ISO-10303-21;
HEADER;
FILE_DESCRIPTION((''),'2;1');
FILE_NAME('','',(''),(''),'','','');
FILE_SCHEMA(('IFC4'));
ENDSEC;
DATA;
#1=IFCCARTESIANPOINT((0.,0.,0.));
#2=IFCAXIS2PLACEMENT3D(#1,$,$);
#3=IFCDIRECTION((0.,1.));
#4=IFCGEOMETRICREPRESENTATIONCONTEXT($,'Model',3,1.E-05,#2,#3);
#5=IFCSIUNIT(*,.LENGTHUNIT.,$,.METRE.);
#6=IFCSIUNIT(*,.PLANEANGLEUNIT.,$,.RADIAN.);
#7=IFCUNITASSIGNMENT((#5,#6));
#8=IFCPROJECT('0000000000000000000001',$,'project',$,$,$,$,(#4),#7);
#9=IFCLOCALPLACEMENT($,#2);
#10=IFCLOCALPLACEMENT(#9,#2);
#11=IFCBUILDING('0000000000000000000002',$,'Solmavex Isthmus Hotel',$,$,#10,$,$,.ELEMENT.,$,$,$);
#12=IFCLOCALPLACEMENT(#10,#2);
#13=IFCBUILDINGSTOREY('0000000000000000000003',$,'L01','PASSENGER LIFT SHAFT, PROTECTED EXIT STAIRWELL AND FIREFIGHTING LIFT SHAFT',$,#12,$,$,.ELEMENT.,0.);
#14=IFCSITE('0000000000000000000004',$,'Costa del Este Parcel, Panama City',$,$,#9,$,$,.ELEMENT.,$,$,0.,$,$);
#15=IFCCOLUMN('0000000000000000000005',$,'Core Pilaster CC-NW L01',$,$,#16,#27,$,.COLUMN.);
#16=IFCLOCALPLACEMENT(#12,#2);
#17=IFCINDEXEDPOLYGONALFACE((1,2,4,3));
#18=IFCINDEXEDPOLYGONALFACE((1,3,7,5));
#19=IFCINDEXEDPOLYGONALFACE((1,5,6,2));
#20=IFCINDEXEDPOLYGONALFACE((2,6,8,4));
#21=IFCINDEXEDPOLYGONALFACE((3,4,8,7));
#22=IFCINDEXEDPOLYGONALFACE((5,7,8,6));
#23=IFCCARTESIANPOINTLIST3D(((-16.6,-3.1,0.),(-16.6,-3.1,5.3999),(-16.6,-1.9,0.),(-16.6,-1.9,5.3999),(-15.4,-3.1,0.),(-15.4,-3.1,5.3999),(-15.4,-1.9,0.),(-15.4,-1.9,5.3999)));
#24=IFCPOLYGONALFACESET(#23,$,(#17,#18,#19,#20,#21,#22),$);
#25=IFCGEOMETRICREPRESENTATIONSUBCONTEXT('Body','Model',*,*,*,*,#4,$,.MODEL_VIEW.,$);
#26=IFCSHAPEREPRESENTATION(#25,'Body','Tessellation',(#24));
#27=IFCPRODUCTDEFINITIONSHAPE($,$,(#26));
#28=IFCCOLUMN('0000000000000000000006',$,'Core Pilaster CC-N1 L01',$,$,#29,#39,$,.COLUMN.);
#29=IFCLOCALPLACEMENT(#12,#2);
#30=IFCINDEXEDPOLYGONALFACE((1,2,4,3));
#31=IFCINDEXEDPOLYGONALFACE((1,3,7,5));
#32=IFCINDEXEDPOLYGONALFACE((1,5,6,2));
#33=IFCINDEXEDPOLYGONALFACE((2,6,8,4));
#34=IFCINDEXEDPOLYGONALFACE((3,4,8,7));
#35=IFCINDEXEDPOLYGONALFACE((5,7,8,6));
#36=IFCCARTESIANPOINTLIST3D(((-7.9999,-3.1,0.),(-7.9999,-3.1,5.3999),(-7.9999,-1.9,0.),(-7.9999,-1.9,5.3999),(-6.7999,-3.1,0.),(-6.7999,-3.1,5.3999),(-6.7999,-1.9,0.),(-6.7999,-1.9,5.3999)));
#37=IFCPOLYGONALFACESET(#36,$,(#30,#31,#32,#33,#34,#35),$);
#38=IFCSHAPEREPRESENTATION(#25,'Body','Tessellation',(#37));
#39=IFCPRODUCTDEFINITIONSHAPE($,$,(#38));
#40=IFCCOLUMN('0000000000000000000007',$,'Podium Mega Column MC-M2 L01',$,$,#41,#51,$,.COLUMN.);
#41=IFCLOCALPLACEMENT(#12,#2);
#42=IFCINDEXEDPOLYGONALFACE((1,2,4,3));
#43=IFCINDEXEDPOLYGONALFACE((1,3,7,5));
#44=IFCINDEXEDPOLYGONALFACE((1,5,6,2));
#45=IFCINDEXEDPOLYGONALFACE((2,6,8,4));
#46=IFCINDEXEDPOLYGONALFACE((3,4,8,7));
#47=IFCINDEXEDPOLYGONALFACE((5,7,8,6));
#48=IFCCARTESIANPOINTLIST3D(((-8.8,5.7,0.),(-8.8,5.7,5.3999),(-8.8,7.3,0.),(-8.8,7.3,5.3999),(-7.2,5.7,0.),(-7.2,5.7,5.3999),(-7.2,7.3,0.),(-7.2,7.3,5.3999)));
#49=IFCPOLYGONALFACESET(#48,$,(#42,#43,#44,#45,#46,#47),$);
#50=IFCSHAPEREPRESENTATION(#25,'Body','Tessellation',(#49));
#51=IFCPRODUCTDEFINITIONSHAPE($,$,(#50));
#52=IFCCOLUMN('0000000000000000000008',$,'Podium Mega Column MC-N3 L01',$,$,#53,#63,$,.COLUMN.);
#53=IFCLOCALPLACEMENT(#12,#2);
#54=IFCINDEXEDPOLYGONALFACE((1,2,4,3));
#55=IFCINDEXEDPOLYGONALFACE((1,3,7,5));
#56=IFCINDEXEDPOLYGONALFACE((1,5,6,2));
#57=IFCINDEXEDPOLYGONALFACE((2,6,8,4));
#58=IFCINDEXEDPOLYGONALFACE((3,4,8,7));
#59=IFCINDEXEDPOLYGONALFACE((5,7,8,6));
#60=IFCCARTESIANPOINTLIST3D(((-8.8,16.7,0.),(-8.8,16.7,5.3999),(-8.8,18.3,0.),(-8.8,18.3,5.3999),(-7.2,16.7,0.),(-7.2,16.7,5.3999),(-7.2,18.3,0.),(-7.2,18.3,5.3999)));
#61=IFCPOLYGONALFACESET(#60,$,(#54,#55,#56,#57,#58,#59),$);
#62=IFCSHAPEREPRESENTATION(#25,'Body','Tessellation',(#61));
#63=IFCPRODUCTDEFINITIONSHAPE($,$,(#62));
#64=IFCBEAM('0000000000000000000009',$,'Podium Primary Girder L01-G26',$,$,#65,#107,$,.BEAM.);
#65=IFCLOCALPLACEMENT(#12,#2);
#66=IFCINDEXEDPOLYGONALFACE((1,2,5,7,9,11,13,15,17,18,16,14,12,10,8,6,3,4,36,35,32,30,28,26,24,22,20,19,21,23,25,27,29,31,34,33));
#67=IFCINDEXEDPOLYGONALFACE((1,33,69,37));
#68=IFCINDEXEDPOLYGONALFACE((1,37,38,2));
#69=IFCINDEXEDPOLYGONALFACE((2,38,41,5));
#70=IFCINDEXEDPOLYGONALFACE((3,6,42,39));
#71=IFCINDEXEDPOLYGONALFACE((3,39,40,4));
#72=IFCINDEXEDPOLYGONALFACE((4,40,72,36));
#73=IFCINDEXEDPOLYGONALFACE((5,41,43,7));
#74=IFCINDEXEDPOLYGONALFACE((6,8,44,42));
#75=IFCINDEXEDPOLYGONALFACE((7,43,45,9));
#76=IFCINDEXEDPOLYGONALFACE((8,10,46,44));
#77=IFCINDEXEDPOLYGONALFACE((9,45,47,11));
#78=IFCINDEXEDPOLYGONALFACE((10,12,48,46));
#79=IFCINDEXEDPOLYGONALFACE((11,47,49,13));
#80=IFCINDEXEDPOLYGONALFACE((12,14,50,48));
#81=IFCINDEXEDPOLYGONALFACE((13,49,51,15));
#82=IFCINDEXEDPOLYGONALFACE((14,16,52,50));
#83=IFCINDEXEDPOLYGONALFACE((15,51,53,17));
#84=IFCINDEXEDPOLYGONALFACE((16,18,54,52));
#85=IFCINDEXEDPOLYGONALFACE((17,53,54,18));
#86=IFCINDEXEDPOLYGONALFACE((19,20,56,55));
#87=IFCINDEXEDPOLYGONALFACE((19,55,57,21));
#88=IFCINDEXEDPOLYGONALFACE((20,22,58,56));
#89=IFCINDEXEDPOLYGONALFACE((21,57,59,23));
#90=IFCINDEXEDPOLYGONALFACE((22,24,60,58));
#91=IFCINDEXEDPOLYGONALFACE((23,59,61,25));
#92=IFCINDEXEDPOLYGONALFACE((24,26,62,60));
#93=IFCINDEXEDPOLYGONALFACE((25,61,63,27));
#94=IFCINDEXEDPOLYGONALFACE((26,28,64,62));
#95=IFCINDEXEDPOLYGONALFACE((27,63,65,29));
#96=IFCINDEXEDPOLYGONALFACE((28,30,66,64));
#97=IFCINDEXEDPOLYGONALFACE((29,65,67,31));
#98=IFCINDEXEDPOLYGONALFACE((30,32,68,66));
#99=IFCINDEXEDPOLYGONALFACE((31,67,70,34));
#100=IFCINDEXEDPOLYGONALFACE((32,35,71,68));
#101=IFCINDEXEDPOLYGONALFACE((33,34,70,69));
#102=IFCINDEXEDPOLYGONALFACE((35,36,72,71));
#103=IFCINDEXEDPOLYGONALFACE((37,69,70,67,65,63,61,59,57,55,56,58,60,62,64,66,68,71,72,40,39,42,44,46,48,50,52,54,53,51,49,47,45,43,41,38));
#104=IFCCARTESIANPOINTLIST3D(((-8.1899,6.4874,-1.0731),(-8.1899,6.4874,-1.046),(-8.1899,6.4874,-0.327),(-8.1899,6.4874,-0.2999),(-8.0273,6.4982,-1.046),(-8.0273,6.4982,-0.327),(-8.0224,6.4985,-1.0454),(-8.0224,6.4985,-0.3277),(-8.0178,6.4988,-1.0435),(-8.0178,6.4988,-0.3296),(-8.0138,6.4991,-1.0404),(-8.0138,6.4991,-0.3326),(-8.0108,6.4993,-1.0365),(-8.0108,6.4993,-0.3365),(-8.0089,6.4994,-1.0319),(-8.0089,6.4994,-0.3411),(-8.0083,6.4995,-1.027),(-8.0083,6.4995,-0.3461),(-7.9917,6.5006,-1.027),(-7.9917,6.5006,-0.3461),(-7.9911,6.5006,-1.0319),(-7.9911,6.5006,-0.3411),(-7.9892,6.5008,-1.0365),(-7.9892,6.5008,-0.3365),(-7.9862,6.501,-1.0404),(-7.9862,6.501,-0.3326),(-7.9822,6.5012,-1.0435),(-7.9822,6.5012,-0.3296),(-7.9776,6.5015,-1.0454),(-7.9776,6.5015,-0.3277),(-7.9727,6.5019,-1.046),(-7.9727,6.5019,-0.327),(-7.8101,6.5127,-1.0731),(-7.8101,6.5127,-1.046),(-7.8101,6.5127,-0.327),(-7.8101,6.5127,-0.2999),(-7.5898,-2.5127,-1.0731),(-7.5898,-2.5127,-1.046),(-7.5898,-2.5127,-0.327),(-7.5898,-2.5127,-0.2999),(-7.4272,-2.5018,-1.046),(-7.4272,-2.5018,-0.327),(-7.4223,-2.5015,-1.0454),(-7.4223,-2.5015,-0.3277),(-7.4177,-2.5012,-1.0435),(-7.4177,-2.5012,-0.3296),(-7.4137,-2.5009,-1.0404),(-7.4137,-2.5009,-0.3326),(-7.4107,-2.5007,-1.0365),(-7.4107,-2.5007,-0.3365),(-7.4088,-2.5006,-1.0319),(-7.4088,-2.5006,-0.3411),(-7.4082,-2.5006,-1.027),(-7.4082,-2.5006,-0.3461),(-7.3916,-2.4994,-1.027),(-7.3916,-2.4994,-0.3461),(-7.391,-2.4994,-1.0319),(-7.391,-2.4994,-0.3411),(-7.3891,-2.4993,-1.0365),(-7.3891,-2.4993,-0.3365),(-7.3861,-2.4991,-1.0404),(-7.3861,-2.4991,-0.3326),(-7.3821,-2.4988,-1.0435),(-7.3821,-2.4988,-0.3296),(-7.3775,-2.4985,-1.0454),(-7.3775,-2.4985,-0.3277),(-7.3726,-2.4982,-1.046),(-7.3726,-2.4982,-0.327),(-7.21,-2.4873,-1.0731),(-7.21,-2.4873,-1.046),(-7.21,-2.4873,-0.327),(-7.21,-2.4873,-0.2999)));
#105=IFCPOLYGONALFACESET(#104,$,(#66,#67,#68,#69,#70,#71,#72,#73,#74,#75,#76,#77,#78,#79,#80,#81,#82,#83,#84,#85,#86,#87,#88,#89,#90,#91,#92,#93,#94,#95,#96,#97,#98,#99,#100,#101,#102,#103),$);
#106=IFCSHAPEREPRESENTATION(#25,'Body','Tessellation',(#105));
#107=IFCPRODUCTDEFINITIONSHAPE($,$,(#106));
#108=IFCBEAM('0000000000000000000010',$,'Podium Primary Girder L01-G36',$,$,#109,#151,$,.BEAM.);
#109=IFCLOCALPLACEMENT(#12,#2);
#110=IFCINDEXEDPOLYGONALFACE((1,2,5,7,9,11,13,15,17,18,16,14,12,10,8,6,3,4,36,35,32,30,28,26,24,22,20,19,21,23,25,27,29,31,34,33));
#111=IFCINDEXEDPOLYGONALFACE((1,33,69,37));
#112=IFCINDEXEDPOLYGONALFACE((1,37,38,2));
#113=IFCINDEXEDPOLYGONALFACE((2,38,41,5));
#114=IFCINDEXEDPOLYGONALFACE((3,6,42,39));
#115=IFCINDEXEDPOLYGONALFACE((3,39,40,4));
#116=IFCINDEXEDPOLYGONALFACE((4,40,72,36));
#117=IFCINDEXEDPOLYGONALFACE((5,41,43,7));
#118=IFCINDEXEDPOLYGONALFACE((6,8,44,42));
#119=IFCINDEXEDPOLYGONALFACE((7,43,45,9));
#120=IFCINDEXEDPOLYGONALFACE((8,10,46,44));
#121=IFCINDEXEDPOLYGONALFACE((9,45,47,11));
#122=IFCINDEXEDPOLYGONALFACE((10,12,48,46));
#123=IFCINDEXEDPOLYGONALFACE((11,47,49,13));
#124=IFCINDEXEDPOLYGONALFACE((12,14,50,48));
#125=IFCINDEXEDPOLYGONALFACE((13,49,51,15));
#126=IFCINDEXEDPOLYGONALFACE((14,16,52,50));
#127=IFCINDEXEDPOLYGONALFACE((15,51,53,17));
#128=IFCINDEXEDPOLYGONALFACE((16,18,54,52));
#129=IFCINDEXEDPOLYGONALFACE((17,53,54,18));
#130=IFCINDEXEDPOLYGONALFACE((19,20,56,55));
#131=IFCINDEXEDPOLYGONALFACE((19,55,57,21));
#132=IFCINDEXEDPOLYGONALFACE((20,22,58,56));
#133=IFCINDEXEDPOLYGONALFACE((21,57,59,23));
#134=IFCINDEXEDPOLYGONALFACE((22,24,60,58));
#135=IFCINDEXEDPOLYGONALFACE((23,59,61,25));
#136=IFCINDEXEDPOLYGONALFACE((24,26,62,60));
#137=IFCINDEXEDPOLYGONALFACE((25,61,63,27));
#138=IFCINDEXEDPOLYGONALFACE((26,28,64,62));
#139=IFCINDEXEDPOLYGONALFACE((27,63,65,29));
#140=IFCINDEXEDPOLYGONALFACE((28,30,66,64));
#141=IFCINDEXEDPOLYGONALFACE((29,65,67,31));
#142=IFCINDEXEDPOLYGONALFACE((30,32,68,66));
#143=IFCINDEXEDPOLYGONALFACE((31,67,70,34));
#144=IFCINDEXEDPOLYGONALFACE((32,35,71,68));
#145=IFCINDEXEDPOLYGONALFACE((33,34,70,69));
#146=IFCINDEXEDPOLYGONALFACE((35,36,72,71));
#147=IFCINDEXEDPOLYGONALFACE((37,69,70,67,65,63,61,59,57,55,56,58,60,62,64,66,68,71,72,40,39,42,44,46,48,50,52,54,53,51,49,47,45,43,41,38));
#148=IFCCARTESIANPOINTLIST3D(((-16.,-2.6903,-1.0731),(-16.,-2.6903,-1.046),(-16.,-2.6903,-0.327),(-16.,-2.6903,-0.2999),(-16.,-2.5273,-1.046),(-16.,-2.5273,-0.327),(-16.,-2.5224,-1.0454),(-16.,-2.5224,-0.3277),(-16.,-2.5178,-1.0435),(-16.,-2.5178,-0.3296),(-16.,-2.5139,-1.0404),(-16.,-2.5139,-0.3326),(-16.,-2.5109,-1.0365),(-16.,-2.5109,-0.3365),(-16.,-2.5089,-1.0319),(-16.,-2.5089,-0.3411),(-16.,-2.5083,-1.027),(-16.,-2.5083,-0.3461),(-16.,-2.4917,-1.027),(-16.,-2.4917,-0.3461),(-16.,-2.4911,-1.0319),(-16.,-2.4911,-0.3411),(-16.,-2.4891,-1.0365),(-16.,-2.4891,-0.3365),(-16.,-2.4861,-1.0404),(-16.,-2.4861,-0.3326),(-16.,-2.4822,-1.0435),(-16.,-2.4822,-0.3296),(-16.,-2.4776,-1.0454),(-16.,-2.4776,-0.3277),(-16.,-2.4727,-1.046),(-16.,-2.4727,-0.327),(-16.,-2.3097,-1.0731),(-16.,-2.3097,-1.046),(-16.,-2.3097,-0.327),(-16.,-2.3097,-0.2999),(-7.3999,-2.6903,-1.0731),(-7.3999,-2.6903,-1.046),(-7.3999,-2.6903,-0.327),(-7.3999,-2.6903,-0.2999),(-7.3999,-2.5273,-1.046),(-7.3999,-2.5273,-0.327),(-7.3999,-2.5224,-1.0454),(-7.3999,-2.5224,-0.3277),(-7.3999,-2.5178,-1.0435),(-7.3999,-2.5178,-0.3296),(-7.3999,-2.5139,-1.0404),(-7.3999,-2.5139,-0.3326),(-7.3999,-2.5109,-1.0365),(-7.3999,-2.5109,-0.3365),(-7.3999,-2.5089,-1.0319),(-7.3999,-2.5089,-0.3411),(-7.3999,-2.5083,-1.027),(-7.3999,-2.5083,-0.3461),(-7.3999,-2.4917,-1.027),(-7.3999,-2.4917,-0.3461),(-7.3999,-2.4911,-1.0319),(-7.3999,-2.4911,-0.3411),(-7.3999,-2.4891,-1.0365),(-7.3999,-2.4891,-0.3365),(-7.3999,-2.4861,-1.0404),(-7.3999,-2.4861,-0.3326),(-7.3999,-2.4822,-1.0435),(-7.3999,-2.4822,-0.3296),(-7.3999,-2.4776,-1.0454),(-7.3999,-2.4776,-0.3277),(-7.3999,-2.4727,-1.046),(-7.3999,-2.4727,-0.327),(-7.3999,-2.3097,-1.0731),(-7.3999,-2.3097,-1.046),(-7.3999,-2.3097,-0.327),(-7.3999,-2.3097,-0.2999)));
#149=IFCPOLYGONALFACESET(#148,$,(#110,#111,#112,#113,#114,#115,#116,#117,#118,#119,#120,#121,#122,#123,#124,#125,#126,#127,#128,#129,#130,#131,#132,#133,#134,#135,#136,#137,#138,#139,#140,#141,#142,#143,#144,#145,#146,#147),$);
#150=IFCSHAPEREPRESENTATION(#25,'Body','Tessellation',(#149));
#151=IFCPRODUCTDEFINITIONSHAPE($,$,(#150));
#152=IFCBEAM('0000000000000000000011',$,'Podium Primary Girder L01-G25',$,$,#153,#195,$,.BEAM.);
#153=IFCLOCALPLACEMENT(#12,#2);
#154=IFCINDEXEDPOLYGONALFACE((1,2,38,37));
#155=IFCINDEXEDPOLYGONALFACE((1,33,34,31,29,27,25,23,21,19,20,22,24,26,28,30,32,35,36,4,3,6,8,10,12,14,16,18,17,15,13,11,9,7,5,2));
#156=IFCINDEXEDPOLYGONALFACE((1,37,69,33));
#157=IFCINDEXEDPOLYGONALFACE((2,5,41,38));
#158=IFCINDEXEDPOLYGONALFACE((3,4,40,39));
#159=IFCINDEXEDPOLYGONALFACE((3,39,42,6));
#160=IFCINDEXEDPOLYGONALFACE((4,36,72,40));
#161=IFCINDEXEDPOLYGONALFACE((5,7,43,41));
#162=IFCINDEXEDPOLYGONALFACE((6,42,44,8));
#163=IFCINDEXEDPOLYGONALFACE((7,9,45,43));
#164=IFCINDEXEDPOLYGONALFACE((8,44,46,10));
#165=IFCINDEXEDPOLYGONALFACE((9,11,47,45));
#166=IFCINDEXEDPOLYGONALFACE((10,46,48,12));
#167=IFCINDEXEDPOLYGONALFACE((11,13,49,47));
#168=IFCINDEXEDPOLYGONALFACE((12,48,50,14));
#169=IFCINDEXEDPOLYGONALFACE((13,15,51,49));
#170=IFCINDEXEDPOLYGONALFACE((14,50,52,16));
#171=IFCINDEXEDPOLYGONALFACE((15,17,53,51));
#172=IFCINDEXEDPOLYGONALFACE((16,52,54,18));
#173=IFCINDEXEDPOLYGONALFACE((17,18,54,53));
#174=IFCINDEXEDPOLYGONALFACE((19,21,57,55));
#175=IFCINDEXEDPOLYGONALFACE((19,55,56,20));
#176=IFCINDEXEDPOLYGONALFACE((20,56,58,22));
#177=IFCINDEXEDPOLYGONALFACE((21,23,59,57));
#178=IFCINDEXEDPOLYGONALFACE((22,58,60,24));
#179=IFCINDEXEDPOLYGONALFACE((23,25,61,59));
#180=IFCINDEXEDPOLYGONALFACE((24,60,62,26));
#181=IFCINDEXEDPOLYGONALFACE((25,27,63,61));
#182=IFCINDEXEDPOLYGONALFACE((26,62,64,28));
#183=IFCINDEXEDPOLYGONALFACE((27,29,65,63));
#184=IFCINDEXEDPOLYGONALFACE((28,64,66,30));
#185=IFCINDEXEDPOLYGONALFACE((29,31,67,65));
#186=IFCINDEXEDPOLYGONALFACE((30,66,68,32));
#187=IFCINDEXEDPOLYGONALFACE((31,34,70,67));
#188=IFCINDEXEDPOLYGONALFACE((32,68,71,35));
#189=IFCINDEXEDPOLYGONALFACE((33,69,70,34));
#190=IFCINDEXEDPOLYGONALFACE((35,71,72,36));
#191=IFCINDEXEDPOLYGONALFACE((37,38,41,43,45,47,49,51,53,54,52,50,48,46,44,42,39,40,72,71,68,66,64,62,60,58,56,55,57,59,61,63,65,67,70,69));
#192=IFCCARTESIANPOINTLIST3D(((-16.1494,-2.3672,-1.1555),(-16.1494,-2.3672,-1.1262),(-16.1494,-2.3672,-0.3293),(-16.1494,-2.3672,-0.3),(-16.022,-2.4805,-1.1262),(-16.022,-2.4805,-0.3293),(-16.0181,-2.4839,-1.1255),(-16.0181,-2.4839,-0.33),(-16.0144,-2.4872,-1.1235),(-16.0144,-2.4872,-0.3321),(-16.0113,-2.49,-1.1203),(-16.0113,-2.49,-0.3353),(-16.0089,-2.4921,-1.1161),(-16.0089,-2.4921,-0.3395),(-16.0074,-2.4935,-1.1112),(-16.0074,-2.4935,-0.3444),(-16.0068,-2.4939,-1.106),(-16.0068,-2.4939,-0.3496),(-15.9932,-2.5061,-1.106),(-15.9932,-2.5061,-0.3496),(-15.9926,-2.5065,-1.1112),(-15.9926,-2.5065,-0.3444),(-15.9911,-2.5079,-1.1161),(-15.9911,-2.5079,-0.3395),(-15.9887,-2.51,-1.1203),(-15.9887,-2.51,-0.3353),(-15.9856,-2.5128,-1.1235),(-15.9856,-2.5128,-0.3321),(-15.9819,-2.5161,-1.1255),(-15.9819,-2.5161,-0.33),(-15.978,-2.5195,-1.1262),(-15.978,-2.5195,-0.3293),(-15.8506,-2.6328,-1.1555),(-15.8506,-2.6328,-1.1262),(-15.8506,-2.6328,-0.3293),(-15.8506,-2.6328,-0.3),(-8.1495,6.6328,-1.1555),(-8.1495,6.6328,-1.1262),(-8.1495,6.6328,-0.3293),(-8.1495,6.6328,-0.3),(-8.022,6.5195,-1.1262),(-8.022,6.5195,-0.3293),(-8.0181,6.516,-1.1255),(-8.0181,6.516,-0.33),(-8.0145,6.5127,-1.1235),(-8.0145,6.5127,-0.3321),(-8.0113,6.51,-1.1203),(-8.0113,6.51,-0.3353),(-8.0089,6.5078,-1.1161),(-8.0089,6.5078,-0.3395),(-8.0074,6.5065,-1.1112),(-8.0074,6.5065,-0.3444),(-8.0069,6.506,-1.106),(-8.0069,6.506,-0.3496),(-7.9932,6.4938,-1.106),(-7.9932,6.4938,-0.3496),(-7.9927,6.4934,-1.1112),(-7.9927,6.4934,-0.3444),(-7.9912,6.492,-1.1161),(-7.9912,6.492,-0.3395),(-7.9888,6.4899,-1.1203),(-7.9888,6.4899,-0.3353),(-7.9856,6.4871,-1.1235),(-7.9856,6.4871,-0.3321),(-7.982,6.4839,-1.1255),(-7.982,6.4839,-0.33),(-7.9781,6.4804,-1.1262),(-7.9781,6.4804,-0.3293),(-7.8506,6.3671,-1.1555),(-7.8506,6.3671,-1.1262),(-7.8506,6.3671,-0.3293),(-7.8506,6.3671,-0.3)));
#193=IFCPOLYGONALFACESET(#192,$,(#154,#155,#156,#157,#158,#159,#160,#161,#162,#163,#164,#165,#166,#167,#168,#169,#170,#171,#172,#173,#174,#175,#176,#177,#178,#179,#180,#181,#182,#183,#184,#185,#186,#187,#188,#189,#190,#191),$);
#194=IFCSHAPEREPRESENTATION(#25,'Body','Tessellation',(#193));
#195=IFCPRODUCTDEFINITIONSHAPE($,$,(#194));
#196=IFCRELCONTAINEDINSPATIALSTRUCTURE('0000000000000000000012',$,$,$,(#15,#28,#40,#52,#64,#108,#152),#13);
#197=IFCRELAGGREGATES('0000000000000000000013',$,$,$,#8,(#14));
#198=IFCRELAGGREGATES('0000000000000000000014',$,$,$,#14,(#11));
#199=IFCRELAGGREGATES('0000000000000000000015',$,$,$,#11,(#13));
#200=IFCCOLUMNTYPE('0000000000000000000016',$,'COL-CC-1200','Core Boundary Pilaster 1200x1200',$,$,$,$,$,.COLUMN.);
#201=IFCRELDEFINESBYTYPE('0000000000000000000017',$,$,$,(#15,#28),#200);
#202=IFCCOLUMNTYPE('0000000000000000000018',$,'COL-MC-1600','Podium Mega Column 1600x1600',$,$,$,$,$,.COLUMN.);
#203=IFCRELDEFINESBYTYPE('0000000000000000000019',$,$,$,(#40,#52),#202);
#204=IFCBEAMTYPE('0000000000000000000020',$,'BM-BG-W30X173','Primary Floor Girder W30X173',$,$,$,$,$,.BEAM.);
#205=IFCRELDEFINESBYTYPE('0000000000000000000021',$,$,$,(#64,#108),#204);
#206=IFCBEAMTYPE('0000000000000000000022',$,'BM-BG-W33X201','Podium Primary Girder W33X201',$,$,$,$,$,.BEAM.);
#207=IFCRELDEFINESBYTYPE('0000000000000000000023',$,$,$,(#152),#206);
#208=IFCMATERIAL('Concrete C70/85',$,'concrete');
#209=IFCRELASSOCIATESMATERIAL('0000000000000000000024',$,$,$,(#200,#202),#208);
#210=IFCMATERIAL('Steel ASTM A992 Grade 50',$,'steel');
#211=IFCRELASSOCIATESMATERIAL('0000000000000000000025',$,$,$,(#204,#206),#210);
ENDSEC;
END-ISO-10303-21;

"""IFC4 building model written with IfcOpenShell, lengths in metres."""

from ifc_helpers import new_model, si_unit, direction, frame, origin, origin_2d, place, context, subcontext, project, spatial, rectangle, i_section, extrude, material, material_profile, profile_set, type_object, element, save


model = new_model("IFC4")

# Units and contexts
model_context = context("Model", 3, precision=1e-05, world=origin(), true_north=direction((0.0, 1.0)))
body_context = subcontext(model_context, "Body", "Model", "MODEL_VIEW")
ifc_project = project(units=[si_unit("LENGTHUNIT", "METRE"), si_unit("PLANEANGLEUNIT", "RADIAN")], contexts=[model_context])

# Site, building, storey
site_placement = place(None, origin())
site = spatial("IfcSite", under=ifc_project, at=site_placement, Name="Costa del Este Parcel, Panama City", CompositionType="ELEMENT", RefElevation=0.0)
building_placement = place(site_placement, origin())
building = spatial("IfcBuilding", under=site, at=building_placement, Name="Solmavex Isthmus Hotel", CompositionType="ELEMENT")
storey_placement = place(building_placement, origin())
storey = spatial("IfcBuildingStorey", under=building, at=storey_placement, Name="L01", Description="PASSENGER LIFT SHAFT, PROTECTED EXIT STAIRWELL AND FIREFIGHTING LIFT SHAFT", CompositionType="ELEMENT", Elevation=0.0)

# Columns
ifc_material_1 = material(Name="Concrete C70/85", Category="concrete")
ifc_material_profile_1 = material_profile(ifc_material_1, rectangle(XDim=1.2, YDim=1.2, at=origin_2d()), Name="RC1200X1200")
ifc_profile_set_1 = profile_set([ifc_material_profile_1], Name="Concrete C70/85")
column_type_1 = type_object("IfcColumnType", Name="COL-CC-1200", Description="Core Boundary Pilaster 1200x1200", PredefinedType="COLUMN", material=ifc_profile_set_1)
for number, where, z_axis, x_axis, name in (
    (1, (-16.0, -2.5, 0.0), (0.0, 0.0, 1.0), (1.0, 0.0, 0.0), "Core Pilaster CC-NW L01"),
    (2, (-7.3999, -2.5, 0.0), (0.0, 0.0, 1.0), (1.0, 0.0, 0.0), "Core Pilaster CC-N1 L01"),
):
    element("IfcColumn", number, at=place(storey_placement, frame(where, z_axis=z_axis, x_axis=x_axis)), inside=storey, type_object=column_type_1, Name=name, PredefinedType="COLUMN", context=body_context, shape_type="SweptSolid", body=[
        extrude(rectangle(XDim=1.2, YDim=1.2, at=origin_2d()), origin(), (0.0, 0.0, 1.0), 5.3999),
    ])
ifc_material_profile_2 = material_profile(ifc_material_1, rectangle(XDim=1.6001, YDim=1.6001, at=origin_2d()), Name="RC1600X1600")
ifc_profile_set_2 = profile_set([ifc_material_profile_2], Name="Concrete C70/85")
column_type_2 = type_object("IfcColumnType", Name="COL-MC-1600", Description="Podium Mega Column 1600x1600", PredefinedType="COLUMN", material=ifc_profile_set_2)
for number, where, z_axis, x_axis, name in (
    (3, (-8.0, 6.5, 0.0), (0.0, 0.0, 1.0), (1.0, 0.0, 0.0), "Podium Mega Column MC-M2 L01"),
    (4, (-8.0, 17.5, 0.0), (0.0, 0.0, 1.0), (1.0, 0.0, 0.0), "Podium Mega Column MC-N3 L01"),
):
    element("IfcColumn", number, at=place(storey_placement, frame(where, z_axis=z_axis, x_axis=x_axis)), inside=storey, type_object=column_type_2, Name=name, PredefinedType="COLUMN", context=body_context, shape_type="SweptSolid", body=[
        extrude(rectangle(XDim=1.6001, YDim=1.6001, at=origin_2d()), origin(), (0.0, 0.0, 1.0), 5.3999),
    ])

# Beams
ifc_material_2 = material(Name="Steel ASTM A992 Grade 50", Category="steel")
ifc_material_profile_3 = material_profile(ifc_material_2, i_section(OverallWidth=0.3806, OverallDepth=0.7732, WebThickness=0.0166, FlangeThickness=0.0271, FilletRadius=0.019, at=origin_2d()), Name="W30X173")
ifc_profile_set_3 = profile_set([ifc_material_profile_3], Name="Steel ASTM A992 Grade 50")
beam_type_1 = type_object("IfcBeamType", Name="BM-BG-W30X173", Description="Primary Floor Girder W30X173", PredefinedType="BEAM", material=ifc_profile_set_3)
beam_1_placement = place(storey_placement, frame((-7.3999, -2.5, -0.6865), z_axis=(-0.06653, 0.997784, 0.0), x_axis=(-0.997784, -0.06653, 0.0)))
element("IfcBeam", 5, at=beam_1_placement, inside=storey, type_object=beam_type_1, Name="Podium Primary Girder L01-G26", PredefinedType="BEAM", context=body_context, shape_type="SweptSolid", body=[
    extrude(i_section(OverallWidth=0.3806, OverallDepth=0.7732, WebThickness=0.0166, FlangeThickness=0.0271, FilletRadius=0.019, at=origin_2d()), origin(), (0.0, 0.0, 1.0), 9.02),
])
beam_2_placement = place(storey_placement, frame((-16.0, -2.5, -0.6865), z_axis=(1.0, 0.0, 0.0), x_axis=(0.0, 1.0, 0.0)))
element("IfcBeam", 6, at=beam_2_placement, inside=storey, type_object=beam_type_1, Name="Podium Primary Girder L01-G36", PredefinedType="BEAM", context=body_context, shape_type="SweptSolid", body=[
    extrude(i_section(OverallWidth=0.3806, OverallDepth=0.7732, WebThickness=0.0166, FlangeThickness=0.0271, FilletRadius=0.019, at=origin_2d()), origin(), (0.0, 0.0, 1.0), 8.6001),
])
ifc_material_profile_4 = material_profile(ifc_material_2, i_section(OverallWidth=0.3999, OverallDepth=0.8555, WebThickness=0.0183, FlangeThickness=0.0293, FilletRadius=0.0203, at=origin_2d()), Name="W33X201")
ifc_profile_set_4 = profile_set([ifc_material_profile_4], Name="Steel ASTM A992 Grade 50")
beam_type_2 = type_object("IfcBeamType", Name="BM-BG-W33X201", Description="Podium Primary Girder W33X201", PredefinedType="BEAM", material=ifc_profile_set_4)
beam_3_placement = place(storey_placement, frame((-16.0, -2.5, -0.7278), z_axis=(0.664364, 0.747409, 0.0), x_axis=(-0.747409, 0.664364, 0.0)))
element("IfcBeam", 7, at=beam_3_placement, inside=storey, type_object=beam_type_2, Name="Podium Primary Girder L01-G25", PredefinedType="BEAM", context=body_context, shape_type="SweptSolid", body=[
    extrude(i_section(OverallWidth=0.3999, OverallDepth=0.8555, WebThickness=0.0183, FlangeThickness=0.0293, FilletRadius=0.0203, at=origin_2d()), origin(), (0.0, 0.0, 1.0), 12.0415),
])

save(model, "model.ifc")
